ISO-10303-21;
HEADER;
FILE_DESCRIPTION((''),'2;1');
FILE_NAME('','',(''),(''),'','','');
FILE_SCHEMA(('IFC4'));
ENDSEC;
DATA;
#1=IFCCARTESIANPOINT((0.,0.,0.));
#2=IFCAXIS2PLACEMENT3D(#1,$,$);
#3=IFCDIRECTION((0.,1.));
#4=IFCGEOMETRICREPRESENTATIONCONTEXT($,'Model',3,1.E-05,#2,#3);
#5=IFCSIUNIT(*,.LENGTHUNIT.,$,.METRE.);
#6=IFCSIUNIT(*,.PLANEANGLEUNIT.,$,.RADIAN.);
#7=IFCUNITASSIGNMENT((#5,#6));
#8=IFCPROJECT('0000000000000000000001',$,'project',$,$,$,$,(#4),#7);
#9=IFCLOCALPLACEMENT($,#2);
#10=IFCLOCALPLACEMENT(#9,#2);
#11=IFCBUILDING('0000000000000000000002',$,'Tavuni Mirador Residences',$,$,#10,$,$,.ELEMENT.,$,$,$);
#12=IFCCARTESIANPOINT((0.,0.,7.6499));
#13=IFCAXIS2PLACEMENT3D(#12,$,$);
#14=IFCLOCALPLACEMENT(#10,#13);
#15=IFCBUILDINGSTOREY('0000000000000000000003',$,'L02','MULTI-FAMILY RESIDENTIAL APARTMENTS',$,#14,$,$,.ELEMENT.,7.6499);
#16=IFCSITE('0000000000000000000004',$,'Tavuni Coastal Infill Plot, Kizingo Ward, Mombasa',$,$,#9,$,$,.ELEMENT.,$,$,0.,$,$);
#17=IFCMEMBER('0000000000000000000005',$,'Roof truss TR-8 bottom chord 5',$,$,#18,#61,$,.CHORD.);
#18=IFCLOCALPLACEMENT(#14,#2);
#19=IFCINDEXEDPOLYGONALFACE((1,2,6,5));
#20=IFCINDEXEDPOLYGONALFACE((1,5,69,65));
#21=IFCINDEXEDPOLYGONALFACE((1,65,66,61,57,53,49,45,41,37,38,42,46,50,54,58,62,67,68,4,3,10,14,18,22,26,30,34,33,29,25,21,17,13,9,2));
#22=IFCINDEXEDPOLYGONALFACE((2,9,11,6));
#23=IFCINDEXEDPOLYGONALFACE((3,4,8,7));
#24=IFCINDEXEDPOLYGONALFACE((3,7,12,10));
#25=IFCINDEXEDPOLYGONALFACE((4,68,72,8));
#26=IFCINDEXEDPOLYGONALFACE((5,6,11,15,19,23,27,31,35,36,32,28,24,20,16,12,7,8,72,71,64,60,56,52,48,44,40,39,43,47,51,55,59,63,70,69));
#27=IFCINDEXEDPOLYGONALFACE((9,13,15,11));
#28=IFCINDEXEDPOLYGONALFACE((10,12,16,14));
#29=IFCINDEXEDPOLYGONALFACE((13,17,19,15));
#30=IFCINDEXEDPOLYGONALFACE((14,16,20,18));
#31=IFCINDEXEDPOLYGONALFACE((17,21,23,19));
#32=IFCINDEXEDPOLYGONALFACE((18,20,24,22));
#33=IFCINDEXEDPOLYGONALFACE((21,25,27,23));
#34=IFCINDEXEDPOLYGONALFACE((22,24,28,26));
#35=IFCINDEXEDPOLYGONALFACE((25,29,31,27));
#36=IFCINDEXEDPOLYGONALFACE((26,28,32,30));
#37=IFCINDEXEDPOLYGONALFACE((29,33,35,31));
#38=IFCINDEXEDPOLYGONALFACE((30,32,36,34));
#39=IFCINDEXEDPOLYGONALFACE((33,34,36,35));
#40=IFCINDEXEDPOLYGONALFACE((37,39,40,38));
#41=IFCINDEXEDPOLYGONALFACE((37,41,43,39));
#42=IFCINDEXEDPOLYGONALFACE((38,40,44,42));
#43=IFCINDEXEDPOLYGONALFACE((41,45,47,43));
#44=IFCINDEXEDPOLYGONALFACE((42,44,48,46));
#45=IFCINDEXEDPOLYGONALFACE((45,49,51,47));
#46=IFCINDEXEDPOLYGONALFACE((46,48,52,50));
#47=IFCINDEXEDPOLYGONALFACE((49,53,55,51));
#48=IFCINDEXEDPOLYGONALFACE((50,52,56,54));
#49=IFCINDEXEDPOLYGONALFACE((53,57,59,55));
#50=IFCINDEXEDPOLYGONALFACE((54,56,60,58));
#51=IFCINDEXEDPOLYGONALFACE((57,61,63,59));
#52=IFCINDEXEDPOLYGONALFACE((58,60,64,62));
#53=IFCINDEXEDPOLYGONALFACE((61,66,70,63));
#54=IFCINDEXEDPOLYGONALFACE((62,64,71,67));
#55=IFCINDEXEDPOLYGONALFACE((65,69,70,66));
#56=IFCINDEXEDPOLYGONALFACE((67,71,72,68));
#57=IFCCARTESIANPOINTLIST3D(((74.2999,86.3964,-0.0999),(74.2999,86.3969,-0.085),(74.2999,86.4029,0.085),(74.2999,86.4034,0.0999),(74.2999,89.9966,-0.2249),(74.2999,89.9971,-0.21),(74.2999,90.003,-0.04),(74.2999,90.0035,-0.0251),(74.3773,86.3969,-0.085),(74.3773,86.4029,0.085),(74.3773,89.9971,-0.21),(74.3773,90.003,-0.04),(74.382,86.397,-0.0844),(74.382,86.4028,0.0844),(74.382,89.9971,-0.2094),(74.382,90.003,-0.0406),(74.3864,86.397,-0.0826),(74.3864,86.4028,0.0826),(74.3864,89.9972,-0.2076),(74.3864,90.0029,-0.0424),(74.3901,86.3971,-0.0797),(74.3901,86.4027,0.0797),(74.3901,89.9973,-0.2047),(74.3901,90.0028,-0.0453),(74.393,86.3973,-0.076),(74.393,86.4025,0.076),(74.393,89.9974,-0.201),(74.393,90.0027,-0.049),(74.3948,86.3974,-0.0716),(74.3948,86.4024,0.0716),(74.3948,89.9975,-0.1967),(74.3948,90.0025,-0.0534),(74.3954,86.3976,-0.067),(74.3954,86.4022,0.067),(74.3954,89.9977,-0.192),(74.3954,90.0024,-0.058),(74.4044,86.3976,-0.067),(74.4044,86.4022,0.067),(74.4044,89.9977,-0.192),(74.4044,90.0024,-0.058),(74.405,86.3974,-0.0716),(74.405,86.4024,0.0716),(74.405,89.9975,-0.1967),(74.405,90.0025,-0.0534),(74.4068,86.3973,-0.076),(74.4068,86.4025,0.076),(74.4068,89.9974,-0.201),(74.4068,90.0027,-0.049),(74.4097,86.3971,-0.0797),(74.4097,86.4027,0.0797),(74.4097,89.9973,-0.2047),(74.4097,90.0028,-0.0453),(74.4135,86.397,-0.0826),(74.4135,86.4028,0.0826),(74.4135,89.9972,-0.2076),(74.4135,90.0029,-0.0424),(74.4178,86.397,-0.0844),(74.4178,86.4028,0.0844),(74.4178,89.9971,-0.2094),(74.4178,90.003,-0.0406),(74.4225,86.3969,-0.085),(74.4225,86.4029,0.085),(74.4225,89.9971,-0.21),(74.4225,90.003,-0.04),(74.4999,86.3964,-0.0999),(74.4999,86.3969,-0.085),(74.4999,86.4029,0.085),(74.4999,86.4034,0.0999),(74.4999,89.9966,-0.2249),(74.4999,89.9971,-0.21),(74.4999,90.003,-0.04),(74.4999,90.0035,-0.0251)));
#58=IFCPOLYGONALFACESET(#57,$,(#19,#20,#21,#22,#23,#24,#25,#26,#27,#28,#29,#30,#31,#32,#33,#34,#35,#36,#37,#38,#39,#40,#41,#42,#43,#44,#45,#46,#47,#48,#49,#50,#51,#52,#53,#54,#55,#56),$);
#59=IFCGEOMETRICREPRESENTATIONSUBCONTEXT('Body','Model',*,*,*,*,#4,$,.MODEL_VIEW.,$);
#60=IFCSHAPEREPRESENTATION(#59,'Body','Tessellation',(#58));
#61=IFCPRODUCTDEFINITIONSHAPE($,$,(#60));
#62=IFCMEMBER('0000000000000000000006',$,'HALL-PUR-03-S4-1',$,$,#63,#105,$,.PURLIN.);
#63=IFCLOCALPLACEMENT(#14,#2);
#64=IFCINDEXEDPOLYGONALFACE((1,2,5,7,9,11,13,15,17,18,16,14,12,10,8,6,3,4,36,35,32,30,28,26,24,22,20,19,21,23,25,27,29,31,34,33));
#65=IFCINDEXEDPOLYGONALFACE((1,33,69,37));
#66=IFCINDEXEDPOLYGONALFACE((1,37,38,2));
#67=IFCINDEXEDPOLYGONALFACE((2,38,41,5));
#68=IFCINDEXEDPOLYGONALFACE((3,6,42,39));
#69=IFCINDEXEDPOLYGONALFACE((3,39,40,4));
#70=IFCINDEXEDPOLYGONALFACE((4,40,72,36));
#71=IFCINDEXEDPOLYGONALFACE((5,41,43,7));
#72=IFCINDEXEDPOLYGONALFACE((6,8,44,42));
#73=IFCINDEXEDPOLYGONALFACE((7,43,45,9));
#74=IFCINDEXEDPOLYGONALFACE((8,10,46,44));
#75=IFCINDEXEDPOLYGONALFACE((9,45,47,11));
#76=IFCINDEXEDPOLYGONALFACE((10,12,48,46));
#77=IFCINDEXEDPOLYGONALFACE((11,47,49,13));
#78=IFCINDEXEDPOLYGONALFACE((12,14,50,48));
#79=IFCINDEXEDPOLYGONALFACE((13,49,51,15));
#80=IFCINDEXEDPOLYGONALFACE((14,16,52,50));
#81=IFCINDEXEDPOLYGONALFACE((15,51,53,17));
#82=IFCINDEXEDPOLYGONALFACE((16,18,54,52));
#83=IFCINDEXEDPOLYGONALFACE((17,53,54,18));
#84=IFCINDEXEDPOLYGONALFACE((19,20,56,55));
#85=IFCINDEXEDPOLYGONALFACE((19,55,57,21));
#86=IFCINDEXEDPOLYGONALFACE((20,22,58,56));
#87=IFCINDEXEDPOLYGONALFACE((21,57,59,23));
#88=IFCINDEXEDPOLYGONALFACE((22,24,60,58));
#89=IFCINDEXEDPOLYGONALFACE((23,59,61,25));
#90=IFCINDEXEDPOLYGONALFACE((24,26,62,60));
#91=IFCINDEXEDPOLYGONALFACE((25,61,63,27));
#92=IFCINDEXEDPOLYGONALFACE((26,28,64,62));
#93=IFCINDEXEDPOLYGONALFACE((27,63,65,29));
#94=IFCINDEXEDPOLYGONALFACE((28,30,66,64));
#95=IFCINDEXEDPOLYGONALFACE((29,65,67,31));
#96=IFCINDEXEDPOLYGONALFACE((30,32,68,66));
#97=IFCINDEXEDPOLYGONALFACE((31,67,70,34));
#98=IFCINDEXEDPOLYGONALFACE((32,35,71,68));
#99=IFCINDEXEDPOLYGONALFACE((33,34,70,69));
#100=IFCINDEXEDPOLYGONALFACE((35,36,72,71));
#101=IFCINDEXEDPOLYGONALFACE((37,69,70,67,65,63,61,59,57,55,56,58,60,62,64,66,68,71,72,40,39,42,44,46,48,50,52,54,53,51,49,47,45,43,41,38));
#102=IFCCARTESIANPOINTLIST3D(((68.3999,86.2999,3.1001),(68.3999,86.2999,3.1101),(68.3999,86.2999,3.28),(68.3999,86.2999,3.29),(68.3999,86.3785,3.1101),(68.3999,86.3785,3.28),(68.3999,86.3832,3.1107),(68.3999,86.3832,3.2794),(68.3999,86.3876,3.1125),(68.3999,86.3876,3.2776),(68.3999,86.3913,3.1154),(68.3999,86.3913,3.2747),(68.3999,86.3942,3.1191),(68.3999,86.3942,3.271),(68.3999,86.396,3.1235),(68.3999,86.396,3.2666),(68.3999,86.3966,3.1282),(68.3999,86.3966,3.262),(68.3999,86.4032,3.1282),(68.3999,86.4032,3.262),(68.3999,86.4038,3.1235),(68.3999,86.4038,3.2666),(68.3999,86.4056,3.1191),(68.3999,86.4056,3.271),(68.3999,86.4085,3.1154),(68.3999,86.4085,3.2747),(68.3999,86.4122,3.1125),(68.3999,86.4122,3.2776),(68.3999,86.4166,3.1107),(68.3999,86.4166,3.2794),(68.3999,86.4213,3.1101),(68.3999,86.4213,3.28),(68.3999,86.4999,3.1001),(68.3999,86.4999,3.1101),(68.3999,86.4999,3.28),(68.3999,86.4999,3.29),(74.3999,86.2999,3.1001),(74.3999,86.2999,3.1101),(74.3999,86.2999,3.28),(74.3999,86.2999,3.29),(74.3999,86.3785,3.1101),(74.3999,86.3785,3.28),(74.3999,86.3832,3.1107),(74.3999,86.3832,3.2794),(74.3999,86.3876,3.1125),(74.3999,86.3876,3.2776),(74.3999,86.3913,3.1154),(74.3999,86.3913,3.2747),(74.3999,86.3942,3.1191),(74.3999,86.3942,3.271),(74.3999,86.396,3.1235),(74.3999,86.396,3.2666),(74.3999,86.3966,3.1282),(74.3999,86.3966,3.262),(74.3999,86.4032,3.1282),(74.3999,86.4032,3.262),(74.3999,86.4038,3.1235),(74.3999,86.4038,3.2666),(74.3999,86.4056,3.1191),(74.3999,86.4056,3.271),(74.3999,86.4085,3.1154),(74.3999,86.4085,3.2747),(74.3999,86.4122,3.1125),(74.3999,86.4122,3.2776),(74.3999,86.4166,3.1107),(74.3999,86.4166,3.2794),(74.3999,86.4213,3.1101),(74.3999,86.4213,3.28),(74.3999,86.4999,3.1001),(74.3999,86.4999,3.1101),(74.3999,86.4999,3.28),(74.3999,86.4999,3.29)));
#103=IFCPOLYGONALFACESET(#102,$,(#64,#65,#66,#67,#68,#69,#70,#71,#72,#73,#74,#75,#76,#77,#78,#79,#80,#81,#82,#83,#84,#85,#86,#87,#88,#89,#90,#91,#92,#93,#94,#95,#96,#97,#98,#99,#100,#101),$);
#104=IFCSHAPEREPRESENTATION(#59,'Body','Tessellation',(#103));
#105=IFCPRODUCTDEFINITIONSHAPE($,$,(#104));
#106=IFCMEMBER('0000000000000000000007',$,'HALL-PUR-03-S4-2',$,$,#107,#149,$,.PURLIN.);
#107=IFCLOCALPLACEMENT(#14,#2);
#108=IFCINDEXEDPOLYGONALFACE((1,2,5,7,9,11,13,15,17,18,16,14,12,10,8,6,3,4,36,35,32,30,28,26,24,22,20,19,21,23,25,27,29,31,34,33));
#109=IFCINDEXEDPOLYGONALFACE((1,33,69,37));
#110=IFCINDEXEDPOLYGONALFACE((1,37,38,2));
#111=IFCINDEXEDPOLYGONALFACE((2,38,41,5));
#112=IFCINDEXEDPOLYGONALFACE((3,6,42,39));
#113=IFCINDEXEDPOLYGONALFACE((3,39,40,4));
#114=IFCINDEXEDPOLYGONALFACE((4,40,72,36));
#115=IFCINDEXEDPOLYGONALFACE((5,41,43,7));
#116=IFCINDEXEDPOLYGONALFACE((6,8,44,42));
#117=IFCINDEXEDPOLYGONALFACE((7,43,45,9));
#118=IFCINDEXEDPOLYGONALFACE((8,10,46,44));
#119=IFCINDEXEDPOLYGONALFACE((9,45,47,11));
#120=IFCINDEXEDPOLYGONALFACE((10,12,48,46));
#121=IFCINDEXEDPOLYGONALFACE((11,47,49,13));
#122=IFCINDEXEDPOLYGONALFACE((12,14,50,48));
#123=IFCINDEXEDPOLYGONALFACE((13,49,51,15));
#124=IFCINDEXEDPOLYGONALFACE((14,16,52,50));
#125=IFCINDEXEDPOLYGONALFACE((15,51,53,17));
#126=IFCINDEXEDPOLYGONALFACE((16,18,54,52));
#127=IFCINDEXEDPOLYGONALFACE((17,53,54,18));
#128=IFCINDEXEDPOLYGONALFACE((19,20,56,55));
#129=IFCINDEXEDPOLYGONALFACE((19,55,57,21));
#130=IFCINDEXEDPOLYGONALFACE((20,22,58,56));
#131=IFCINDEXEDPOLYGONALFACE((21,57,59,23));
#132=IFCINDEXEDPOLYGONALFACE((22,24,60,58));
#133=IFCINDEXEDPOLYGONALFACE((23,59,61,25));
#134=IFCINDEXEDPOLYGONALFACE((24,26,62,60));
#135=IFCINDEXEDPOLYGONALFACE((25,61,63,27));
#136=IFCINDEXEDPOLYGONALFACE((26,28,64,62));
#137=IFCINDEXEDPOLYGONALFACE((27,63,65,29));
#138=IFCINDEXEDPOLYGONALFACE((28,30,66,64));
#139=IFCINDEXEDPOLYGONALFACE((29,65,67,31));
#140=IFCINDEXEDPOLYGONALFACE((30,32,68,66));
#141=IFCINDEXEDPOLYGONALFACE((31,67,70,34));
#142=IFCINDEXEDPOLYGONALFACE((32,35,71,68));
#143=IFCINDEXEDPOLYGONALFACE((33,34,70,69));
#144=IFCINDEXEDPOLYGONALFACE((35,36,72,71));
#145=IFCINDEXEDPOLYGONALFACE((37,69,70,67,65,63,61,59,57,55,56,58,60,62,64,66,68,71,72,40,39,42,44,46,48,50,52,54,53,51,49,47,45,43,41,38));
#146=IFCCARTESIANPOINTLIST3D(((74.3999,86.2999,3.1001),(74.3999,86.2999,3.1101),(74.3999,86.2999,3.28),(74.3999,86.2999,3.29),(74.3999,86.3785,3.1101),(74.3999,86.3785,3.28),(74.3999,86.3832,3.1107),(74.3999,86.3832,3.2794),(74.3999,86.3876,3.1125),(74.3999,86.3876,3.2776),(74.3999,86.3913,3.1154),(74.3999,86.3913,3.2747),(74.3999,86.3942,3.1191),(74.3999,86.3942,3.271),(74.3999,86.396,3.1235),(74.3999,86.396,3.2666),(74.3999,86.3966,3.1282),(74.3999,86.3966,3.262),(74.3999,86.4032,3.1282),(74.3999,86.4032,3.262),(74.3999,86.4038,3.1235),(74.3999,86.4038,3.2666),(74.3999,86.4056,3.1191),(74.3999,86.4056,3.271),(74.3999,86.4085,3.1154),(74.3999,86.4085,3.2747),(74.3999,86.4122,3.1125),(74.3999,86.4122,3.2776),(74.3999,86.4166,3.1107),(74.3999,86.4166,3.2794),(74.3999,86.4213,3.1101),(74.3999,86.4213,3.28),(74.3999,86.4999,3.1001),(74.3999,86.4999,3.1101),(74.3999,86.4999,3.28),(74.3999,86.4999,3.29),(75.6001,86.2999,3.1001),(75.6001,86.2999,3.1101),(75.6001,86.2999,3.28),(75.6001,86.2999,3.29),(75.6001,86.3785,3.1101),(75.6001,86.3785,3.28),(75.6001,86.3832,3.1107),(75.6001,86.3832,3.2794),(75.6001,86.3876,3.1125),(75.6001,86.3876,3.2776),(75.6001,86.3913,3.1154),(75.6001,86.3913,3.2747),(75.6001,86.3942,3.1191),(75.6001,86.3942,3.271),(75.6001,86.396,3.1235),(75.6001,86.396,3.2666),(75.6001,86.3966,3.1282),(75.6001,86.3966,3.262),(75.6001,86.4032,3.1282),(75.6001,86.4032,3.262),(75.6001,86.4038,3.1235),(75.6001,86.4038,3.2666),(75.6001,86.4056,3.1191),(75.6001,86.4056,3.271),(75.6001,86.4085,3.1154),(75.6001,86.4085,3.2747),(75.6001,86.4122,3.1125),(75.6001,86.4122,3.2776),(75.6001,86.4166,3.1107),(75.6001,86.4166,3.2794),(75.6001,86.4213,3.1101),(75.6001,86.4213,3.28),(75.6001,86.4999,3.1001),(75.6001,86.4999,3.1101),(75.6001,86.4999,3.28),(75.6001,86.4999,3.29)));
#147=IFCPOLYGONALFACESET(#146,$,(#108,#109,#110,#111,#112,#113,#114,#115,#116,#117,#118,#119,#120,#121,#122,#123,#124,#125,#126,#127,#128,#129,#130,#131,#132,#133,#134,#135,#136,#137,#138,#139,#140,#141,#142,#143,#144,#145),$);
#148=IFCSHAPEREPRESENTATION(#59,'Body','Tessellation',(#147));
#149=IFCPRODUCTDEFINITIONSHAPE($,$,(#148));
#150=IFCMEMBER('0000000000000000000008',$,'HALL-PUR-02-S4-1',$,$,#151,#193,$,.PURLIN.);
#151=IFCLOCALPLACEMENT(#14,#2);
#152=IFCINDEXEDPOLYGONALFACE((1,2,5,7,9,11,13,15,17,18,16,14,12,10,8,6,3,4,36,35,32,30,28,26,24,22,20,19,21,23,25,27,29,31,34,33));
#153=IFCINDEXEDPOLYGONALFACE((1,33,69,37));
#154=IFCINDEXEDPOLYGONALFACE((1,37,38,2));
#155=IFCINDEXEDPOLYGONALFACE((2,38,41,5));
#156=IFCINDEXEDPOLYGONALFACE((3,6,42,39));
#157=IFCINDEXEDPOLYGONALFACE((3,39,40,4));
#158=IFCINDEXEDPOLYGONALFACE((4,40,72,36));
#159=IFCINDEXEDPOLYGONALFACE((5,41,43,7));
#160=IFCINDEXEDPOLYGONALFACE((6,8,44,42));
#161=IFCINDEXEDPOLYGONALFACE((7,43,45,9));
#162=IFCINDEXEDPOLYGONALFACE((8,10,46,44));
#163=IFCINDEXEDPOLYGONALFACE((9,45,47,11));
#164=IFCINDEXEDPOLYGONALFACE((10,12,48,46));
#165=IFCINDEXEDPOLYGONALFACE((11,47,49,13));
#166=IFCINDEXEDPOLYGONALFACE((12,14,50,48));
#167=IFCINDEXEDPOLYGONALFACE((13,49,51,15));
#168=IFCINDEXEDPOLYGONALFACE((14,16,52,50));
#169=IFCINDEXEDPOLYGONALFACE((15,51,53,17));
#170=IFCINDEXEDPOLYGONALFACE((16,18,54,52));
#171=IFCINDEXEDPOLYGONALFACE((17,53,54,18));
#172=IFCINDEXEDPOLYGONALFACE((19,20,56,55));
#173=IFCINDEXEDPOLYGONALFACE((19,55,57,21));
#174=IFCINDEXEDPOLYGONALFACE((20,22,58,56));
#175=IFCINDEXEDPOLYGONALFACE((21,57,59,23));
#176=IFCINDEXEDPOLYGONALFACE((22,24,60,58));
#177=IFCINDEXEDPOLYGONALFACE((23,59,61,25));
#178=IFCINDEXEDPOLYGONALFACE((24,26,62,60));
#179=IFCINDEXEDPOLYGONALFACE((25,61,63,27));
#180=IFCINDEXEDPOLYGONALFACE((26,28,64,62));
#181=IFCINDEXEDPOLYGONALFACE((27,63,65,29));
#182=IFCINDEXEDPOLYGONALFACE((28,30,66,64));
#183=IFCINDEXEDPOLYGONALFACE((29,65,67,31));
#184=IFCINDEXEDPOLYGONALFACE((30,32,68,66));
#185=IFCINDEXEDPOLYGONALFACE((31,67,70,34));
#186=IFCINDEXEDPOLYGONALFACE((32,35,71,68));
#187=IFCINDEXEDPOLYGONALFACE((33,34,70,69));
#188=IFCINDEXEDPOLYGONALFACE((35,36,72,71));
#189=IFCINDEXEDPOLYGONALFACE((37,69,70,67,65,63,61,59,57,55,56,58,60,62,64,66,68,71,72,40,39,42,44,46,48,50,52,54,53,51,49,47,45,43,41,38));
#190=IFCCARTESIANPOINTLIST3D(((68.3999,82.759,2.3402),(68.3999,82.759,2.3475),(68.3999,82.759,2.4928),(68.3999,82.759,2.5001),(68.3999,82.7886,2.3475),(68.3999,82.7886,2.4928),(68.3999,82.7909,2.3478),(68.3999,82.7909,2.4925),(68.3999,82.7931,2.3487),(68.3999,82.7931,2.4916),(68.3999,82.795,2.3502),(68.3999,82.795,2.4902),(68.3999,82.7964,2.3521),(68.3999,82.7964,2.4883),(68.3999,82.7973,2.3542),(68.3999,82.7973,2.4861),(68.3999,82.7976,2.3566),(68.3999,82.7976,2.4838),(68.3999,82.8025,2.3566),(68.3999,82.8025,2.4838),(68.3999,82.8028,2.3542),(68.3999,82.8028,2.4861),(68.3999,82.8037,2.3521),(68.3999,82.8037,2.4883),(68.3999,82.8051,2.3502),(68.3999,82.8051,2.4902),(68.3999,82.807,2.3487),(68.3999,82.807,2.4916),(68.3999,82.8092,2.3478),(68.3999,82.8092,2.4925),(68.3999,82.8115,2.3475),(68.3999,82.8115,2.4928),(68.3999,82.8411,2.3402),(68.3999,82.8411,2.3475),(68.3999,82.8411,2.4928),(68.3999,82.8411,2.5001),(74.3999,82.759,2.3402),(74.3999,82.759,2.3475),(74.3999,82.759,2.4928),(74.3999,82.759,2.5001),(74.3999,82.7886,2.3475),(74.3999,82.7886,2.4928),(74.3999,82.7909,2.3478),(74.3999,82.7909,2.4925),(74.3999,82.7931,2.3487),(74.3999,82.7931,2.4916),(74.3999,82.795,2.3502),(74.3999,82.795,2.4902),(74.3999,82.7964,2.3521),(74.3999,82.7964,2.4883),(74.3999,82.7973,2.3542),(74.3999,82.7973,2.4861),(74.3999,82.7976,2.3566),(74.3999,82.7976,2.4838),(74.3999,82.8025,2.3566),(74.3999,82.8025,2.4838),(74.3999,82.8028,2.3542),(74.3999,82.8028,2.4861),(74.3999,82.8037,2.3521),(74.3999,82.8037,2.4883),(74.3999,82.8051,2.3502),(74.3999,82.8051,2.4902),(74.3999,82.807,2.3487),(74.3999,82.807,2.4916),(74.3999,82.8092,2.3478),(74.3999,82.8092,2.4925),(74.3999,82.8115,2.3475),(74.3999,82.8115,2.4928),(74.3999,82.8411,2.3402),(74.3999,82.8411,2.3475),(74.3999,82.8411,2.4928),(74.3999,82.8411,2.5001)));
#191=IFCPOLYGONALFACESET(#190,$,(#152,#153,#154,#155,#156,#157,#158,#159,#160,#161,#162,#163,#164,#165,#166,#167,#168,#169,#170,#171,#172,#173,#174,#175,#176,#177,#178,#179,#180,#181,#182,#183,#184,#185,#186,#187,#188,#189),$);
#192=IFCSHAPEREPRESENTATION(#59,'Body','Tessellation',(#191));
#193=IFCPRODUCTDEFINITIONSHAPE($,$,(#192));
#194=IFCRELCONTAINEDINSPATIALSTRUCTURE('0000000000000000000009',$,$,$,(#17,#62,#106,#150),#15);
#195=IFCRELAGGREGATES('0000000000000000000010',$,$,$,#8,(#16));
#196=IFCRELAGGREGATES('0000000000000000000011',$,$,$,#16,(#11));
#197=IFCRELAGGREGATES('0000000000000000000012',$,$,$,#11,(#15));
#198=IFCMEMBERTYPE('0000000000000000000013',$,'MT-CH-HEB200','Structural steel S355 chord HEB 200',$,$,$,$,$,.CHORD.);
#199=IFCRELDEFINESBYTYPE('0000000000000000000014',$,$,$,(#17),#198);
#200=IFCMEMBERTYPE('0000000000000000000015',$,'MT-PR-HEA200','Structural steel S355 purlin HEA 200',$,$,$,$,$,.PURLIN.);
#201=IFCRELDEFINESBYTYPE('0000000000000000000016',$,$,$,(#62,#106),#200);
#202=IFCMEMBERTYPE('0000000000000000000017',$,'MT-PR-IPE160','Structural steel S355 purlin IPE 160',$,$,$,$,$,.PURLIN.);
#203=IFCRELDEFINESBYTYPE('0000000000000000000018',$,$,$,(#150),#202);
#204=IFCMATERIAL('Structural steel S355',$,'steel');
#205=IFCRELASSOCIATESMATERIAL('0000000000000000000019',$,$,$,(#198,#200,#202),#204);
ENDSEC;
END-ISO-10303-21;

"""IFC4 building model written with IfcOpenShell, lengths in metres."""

from ifc_helpers import new_model, si_unit, direction, frame, origin, origin_2d, place, context, subcontext, project, spatial, i_section, extrude, material, material_profile, profile_set, type_object, element, save


model = new_model("IFC4")

# Units and contexts
model_context = context("Model", 3, precision=1e-05, world=origin(), true_north=direction((0.0, 1.0)))
body_context = subcontext(model_context, "Body", "Model", "MODEL_VIEW")
ifc_project = project(units=[si_unit("LENGTHUNIT", "METRE"), si_unit("PLANEANGLEUNIT", "RADIAN")], contexts=[model_context])

# Site, building, storey
site_placement = place(None, origin())
site = spatial("IfcSite", under=ifc_project, at=site_placement, Name="Tavuni Coastal Infill Plot, Kizingo Ward, Mombasa", CompositionType="ELEMENT", RefElevation=0.0)
building_placement = place(site_placement, origin())
building = spatial("IfcBuilding", under=site, at=building_placement, Name="Tavuni Mirador Residences", CompositionType="ELEMENT")
storey_placement = place(building_placement, frame((0.0, 0.0, 7.6499)))
storey = spatial("IfcBuildingStorey", under=building, at=storey_placement, Name="L02", Description="MULTI-FAMILY RESIDENTIAL APARTMENTS", CompositionType="ELEMENT", Elevation=7.6499)

# Members
ifc_material_1 = material(Name="Structural steel S355", Category="steel")
ifc_material_profile_1 = material_profile(ifc_material_1, i_section(OverallWidth=0.2, OverallDepth=0.2, WebThickness=0.009, FlangeThickness=0.0149, FilletRadius=0.0181, at=origin_2d()), Name="HEB 200", Category="steel")
ifc_profile_set_1 = profile_set([ifc_material_profile_1], Name="Structural steel S355")
member_type_1 = type_object("IfcMemberType", Name="MT-CH-HEB200", Description="Structural steel S355 chord HEB 200", PredefinedType="CHORD", material=ifc_profile_set_1)
member_1_placement = place(storey_placement, frame((74.3999, 86.3999, 0.0), z_axis=(0.0, 0.999398, -0.0347), x_axis=(-1.0, 0.0, 0.0)))
element("IfcMember", 1, at=member_1_placement, inside=storey, type_object=member_type_1, Name="Roof truss TR-8 bottom chord 5", PredefinedType="CHORD", context=body_context, shape_type="SweptSolid", body=[
    extrude(i_section(OverallWidth=0.2, OverallDepth=0.2, WebThickness=0.009, FlangeThickness=0.0149, FilletRadius=0.0181, at=origin_2d()), origin(), (0.0, 0.0, 1.0), 3.6023),
])
ifc_material_profile_2 = material_profile(ifc_material_1, i_section(OverallWidth=0.2, OverallDepth=0.1899, WebThickness=0.0066, FlangeThickness=0.01, FilletRadius=0.0181, at=origin_2d()), Name="HEA 200", Category="steel")
ifc_profile_set_2 = profile_set([ifc_material_profile_2], Name="Structural steel S355")
member_type_2 = type_object("IfcMemberType", Name="MT-PR-HEA200", Description="Structural steel S355 purlin HEA 200", PredefinedType="PURLIN", material=ifc_profile_set_2)
member_2_placement = place(storey_placement, frame((68.3999, 86.3999, 3.1951), z_axis=(1.0, 0.0, 0.0), x_axis=(0.0, 1.0, 0.0)))
element("IfcMember", 2, at=member_2_placement, inside=storey, type_object=member_type_2, Name="HALL-PUR-03-S4-1", PredefinedType="PURLIN", context=body_context, shape_type="SweptSolid", body=[
    extrude(i_section(OverallWidth=0.2, OverallDepth=0.1899, WebThickness=0.0066, FlangeThickness=0.01, FilletRadius=0.0181, at=origin_2d()), origin(), (0.0, 0.0, 1.0), 6.0),
])
member_3_placement = place(storey_placement, frame((74.3999, 86.3999, 3.1951), z_axis=(1.0, 0.0, 0.0), x_axis=(0.0, 1.0, 0.0)))
element("IfcMember", 3, at=member_3_placement, inside=storey, type_object=member_type_2, Name="HALL-PUR-03-S4-2", PredefinedType="PURLIN", context=body_context, shape_type="SweptSolid", body=[
    extrude(i_section(OverallWidth=0.2, OverallDepth=0.1899, WebThickness=0.0066, FlangeThickness=0.01, FilletRadius=0.0181, at=origin_2d()), origin(), (0.0, 0.0, 1.0), 1.2002),
])
ifc_material_profile_3 = material_profile(ifc_material_1, i_section(OverallWidth=0.082, OverallDepth=0.1599, WebThickness=0.0049, FlangeThickness=0.0073, FilletRadius=0.009, at=origin_2d()), Name="IPE 160", Category="steel")
ifc_profile_set_3 = profile_set([ifc_material_profile_3], Name="Structural steel S355")
member_type_3 = type_object("IfcMemberType", Name="MT-PR-IPE160", Description="Structural steel S355 purlin IPE 160", PredefinedType="PURLIN", material=ifc_profile_set_3)
member_4_placement = place(storey_placement, frame((68.3999, 82.8, 2.4202), z_axis=(1.0, 0.0, 0.0), x_axis=(0.0, 1.0, 0.0)))
element("IfcMember", 4, at=member_4_placement, inside=storey, type_object=member_type_3, Name="HALL-PUR-02-S4-1", PredefinedType="PURLIN", context=body_context, shape_type="SweptSolid", body=[
    extrude(i_section(OverallWidth=0.082, OverallDepth=0.1599, WebThickness=0.0049, FlangeThickness=0.0073, FilletRadius=0.009, at=origin_2d()), origin(), (0.0, 0.0, 1.0), 6.0),
])

save(model, "model.ifc")
